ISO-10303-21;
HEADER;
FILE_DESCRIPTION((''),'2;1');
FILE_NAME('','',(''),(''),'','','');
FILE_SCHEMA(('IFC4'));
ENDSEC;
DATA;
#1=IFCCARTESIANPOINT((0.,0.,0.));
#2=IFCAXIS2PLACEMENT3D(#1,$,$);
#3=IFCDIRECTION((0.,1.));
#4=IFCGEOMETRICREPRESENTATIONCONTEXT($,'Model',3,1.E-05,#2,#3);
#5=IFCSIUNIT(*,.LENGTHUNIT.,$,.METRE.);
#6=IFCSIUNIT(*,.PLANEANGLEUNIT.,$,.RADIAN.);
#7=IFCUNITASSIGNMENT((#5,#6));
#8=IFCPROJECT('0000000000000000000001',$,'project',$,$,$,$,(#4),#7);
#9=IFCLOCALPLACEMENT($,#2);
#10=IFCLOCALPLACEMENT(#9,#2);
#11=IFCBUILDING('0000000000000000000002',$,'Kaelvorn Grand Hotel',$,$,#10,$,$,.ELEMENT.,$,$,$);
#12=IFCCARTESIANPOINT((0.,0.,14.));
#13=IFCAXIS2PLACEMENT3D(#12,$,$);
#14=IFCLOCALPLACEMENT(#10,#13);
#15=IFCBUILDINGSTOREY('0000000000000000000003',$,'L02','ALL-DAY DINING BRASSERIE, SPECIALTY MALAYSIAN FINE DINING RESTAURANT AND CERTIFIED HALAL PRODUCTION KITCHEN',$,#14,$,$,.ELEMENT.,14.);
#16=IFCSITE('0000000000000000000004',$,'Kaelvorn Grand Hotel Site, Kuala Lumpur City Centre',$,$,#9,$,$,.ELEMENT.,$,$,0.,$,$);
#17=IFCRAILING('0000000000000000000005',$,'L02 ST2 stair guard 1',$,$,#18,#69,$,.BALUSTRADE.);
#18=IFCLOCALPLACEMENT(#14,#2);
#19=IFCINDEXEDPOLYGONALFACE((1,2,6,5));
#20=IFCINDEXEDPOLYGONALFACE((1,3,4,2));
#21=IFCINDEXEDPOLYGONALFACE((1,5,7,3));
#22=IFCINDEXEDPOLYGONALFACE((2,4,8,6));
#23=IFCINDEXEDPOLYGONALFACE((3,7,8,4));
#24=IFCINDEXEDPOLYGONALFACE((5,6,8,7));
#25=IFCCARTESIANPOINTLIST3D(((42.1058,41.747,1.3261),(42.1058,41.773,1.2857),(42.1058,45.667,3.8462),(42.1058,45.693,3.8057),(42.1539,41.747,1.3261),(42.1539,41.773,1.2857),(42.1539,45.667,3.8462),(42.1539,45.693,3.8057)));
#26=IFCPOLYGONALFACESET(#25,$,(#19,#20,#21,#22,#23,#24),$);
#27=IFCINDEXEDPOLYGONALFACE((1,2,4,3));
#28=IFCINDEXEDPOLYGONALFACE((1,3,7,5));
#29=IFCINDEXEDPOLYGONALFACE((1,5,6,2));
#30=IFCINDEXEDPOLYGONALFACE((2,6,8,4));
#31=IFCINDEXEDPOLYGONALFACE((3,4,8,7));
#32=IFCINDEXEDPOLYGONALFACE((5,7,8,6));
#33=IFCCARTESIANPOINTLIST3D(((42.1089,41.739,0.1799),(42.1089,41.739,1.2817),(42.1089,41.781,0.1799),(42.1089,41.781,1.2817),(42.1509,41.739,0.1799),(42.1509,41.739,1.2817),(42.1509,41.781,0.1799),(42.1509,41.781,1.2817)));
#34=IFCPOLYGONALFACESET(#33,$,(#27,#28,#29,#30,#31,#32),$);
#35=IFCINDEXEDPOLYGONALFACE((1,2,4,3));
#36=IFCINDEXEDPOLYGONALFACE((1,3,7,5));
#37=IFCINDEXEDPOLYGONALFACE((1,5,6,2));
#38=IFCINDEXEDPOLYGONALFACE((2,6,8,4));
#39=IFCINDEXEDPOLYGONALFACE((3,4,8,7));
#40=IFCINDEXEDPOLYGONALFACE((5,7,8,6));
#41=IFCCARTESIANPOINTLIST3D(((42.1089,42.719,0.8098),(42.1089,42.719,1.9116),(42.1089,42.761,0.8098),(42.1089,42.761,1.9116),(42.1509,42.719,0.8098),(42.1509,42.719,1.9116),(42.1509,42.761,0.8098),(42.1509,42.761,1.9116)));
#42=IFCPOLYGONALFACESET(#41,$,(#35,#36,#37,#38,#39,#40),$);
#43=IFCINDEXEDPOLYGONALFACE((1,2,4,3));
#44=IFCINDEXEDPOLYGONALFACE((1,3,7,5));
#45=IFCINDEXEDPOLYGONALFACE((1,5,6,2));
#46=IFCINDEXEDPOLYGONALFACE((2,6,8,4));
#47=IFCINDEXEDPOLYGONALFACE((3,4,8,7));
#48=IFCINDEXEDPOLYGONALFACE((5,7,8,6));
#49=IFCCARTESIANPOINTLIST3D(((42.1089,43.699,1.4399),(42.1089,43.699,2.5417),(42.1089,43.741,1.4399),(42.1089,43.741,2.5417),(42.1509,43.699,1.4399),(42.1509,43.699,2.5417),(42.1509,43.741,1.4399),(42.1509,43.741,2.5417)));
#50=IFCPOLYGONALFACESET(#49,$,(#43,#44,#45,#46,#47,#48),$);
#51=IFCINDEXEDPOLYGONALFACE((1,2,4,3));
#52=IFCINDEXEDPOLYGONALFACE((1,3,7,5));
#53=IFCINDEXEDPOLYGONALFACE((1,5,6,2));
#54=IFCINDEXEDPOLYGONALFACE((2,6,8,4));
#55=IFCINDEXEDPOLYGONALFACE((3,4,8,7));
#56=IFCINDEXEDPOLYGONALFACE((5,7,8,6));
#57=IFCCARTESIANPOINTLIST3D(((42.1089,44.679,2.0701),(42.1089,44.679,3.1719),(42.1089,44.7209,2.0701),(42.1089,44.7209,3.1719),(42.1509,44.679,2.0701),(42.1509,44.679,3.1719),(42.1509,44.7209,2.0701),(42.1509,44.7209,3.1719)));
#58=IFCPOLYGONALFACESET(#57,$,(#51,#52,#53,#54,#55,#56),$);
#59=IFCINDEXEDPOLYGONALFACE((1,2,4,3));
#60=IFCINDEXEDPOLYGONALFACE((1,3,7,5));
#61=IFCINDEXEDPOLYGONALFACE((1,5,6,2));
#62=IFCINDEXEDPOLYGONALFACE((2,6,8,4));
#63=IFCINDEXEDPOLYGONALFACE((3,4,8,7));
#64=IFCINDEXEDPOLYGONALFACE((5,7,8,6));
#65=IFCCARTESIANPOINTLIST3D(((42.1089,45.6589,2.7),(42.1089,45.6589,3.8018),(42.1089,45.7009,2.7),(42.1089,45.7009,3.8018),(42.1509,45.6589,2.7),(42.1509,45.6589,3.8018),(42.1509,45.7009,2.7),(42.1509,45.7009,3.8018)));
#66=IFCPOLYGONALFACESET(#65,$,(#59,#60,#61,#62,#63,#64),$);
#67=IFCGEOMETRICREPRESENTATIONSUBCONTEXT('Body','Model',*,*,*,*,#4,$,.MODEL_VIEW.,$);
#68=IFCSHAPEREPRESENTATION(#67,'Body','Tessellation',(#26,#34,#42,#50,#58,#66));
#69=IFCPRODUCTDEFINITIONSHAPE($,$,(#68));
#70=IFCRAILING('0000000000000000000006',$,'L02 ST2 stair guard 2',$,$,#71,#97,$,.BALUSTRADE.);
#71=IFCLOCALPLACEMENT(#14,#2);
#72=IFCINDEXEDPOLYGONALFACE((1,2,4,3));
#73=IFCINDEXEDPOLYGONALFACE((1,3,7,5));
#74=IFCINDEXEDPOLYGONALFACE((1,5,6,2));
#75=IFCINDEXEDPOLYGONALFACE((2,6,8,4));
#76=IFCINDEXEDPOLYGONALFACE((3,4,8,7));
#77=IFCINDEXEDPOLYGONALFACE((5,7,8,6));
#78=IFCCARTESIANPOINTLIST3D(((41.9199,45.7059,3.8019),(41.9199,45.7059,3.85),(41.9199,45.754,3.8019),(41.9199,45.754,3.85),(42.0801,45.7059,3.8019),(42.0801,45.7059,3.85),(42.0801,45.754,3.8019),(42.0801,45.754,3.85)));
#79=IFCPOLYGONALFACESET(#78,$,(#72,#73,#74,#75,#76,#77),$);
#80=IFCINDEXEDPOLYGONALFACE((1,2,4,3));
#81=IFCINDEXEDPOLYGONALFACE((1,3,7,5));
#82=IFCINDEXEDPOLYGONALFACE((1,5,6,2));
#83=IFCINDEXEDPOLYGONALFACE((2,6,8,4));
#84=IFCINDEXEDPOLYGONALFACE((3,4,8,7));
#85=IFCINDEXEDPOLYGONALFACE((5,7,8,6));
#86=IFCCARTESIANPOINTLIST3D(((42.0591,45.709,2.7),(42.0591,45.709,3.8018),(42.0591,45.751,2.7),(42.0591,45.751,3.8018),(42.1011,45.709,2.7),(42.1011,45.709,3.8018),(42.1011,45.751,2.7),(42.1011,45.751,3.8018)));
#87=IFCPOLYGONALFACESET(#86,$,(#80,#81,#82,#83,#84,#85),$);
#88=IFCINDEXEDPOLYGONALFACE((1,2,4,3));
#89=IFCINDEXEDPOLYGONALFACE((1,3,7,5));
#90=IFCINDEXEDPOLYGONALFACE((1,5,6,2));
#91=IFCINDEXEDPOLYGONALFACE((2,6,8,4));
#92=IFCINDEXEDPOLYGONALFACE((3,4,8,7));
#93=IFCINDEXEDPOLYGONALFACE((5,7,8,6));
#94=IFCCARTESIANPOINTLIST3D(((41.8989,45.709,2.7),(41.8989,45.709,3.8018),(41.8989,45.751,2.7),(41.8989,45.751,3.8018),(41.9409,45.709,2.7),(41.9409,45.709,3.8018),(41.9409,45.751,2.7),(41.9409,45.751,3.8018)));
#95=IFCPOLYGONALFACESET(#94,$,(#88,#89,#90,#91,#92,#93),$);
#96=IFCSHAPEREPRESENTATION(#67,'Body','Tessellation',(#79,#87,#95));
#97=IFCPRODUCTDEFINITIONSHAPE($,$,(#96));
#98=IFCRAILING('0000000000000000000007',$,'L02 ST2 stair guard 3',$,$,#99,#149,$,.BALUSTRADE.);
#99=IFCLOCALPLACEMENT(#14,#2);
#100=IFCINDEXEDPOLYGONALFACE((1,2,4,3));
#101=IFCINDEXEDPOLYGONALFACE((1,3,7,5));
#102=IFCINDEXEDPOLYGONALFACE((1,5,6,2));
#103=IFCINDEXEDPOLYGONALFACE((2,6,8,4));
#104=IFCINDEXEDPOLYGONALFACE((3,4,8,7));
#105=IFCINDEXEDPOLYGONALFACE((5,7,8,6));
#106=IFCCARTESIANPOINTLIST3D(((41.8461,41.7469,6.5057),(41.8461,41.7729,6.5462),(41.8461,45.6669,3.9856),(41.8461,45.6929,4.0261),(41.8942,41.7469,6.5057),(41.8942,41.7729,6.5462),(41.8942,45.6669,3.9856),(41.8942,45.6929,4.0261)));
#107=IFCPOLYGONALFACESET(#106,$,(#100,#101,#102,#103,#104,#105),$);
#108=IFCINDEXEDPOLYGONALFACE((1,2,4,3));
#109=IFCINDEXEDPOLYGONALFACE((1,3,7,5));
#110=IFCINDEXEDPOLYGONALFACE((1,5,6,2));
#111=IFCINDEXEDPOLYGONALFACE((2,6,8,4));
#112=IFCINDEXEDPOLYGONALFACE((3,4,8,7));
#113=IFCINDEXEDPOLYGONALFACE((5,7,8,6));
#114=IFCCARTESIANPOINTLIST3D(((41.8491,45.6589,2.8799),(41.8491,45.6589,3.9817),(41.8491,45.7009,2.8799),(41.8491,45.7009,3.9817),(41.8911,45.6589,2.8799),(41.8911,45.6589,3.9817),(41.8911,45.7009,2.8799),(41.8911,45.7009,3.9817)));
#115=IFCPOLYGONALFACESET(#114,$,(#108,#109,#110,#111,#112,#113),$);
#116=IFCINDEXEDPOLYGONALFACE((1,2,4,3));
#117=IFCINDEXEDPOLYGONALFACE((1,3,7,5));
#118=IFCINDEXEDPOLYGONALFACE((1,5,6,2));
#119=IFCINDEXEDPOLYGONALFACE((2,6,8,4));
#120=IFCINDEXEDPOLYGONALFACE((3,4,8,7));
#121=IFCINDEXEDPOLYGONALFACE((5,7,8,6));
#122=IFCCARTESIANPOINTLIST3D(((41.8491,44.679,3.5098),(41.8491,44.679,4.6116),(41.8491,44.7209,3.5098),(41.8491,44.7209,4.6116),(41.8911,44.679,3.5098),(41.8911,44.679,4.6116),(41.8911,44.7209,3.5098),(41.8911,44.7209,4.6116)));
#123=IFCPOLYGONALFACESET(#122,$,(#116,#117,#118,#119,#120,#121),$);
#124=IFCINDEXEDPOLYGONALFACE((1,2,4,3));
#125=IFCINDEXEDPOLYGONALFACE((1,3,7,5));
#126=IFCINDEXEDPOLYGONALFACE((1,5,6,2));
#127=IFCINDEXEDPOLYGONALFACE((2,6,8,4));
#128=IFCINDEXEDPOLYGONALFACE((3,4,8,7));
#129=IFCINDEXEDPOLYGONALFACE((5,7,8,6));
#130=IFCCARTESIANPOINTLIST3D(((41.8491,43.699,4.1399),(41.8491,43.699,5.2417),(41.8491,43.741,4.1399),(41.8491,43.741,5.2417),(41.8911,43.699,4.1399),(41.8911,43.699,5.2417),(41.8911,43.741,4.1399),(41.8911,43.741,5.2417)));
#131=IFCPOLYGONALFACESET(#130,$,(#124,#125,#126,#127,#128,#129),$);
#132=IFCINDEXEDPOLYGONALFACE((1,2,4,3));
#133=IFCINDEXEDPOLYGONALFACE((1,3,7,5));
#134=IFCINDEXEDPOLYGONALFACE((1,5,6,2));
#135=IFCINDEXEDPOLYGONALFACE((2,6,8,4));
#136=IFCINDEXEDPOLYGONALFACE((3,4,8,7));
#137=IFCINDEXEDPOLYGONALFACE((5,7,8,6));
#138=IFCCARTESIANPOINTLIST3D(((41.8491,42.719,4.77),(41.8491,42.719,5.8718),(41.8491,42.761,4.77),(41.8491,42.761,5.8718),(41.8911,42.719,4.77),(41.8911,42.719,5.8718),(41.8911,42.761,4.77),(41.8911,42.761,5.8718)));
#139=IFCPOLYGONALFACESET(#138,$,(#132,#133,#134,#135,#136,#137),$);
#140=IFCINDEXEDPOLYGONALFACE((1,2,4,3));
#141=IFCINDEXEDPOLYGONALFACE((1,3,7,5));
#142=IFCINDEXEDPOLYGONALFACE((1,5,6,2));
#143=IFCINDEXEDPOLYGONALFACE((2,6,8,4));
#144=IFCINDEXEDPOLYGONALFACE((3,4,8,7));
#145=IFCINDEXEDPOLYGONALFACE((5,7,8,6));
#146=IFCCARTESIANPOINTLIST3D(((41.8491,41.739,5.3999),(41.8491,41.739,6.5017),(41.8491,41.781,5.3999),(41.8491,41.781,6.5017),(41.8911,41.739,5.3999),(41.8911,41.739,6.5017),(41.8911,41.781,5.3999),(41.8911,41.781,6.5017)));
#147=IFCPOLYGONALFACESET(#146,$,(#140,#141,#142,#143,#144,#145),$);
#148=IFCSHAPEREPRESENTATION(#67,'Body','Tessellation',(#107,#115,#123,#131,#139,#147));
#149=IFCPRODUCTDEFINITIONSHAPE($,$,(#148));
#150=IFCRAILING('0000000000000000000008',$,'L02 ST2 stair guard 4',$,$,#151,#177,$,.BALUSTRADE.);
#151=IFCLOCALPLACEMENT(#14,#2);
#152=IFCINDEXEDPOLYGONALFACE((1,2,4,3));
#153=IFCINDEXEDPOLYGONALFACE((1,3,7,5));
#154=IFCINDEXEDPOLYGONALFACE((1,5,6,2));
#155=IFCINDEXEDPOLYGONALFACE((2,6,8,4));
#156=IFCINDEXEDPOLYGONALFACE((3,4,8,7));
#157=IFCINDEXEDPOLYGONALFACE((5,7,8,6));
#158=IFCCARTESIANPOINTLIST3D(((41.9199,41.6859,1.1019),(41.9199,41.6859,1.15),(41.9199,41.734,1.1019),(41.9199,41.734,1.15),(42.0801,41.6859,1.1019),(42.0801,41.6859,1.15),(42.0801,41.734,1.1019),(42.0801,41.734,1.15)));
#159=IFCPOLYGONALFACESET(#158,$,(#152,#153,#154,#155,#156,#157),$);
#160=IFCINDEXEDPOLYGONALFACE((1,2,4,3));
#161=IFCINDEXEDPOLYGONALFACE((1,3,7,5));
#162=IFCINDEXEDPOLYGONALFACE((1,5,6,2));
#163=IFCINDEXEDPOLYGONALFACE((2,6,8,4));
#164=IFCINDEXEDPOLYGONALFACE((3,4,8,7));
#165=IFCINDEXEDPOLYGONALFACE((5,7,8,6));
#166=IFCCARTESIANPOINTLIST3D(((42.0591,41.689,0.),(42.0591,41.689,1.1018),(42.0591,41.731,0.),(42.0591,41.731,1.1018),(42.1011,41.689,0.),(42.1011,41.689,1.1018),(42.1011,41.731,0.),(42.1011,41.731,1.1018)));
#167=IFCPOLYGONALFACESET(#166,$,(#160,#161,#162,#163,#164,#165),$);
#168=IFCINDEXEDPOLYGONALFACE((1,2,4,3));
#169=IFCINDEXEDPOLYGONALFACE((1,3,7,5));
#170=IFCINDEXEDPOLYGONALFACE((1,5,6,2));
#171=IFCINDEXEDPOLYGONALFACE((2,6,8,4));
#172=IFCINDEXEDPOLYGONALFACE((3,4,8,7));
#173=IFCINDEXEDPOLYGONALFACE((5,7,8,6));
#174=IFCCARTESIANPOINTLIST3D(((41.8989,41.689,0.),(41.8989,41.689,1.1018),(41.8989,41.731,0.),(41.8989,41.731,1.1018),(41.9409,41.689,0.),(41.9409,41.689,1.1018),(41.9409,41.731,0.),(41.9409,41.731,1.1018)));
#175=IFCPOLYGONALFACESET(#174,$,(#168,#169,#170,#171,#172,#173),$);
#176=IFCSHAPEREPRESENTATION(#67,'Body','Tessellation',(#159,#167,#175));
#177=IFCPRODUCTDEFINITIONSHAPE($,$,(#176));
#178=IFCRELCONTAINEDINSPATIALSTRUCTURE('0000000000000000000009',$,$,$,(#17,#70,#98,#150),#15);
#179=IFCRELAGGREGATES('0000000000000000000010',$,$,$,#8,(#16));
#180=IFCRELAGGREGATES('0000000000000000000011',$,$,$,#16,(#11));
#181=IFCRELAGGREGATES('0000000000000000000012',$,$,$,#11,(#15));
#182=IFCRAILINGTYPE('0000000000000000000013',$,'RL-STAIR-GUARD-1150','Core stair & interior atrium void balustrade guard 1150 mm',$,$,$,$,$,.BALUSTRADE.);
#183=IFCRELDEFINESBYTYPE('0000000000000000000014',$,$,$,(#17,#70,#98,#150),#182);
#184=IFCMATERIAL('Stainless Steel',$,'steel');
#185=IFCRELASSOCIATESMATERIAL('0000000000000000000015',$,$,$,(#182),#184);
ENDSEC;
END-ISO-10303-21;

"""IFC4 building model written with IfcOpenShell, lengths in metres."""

from ifc_helpers import new_model, si_unit, direction, frame, origin, origin_2d, place, context, subcontext, project, spatial, rectangle, extrude, material, type_object, element, save


model = new_model("IFC4")

# Units and contexts
model_context = context("Model", 3, precision=1e-05, world=origin(), true_north=direction((0.0, 1.0)))
body_context = subcontext(model_context, "Body", "Model", "MODEL_VIEW")
ifc_project = project(units=[si_unit("LENGTHUNIT", "METRE"), si_unit("PLANEANGLEUNIT", "RADIAN")], contexts=[model_context])

# Site, building, storey
site_placement = place(None, origin())
site = spatial("IfcSite", under=ifc_project, at=site_placement, Name="Kaelvorn Grand Hotel Site, Kuala Lumpur City Centre", CompositionType="ELEMENT", RefElevation=0.0)
building_placement = place(site_placement, origin())
building = spatial("IfcBuilding", under=site, at=building_placement, Name="Kaelvorn Grand Hotel", CompositionType="ELEMENT")
storey_placement = place(building_placement, frame((0.0, 0.0, 14.0)))
storey = spatial("IfcBuildingStorey", under=building, at=storey_placement, Name="L02", Description="ALL-DAY DINING BRASSERIE, SPECIALTY MALAYSIAN FINE DINING RESTAURANT AND CERTIFIED HALAL PRODUCTION KITCHEN", CompositionType="ELEMENT", Elevation=14.0)

# Railings
ifc_material_1 = material(Name="Stainless Steel", Category="steel")
railing_type_1 = type_object("IfcRailingType", Name="RL-STAIR-GUARD-1150", Description="Core stair & interior atrium void balustrade guard 1150 mm", PredefinedType="BALUSTRADE", material=ifc_material_1)
railing_1_placement = place(storey_placement, frame((42.1299, 41.76, 0.1799)))
element("IfcRailing", 1, at=railing_1_placement, inside=storey, type_object=railing_type_1, Name="L02 ST2 stair guard 1", PredefinedType="BALUSTRADE", context=body_context, shape_type="SweptSolid", body=[
    extrude(rectangle(XDim=0.0481, YDim=0.0481, at=origin_2d()), frame((0.0, 0.0, 1.126), z_axis=(0.0, 0.841172, 0.540768), x_axis=(-1.0, 0.0, 0.0)), (0.0, 0.0, 1.0), 4.6602),
    extrude(rectangle(XDim=0.042, YDim=0.042, at=origin_2d()), origin(), (0.0, 0.0, 1.0), 1.1018),
    extrude(rectangle(XDim=0.042, YDim=0.042, at=origin_2d()), frame((0.0, 0.98, 0.6299)), (0.0, 0.0, 1.0), 1.1018),
    extrude(rectangle(XDim=0.042, YDim=0.042, at=origin_2d()), frame((0.0, 1.96, 1.26)), (0.0, 0.0, 1.0), 1.1018),
    extrude(rectangle(XDim=0.042, YDim=0.042, at=origin_2d()), frame((0.0, 2.9399, 1.8901)), (0.0, 0.0, 1.0), 1.1018),
    extrude(rectangle(XDim=0.042, YDim=0.042, at=origin_2d()), frame((0.0, 3.9199, 2.52)), (0.0, 0.0, 1.0), 1.1018),
])
railing_2_placement = place(storey_placement, frame((42.0801, 45.73, 2.7)))
element("IfcRailing", 2, at=railing_2_placement, inside=storey, type_object=railing_type_1, Name="L02 ST2 stair guard 2", PredefinedType="BALUSTRADE", context=body_context, shape_type="SweptSolid", body=[
    extrude(rectangle(XDim=0.0481, YDim=0.0481, at=origin_2d()), frame((0.0, 0.0, 1.126), z_axis=(-1.0, 0.0, 0.0), x_axis=(0.0, -1.0, 0.0)), (0.0, 0.0, 1.0), 0.1602),
    extrude(rectangle(XDim=0.042, YDim=0.042, at=origin_2d()), origin(), (0.0, 0.0, 1.0), 1.1018),
    extrude(rectangle(XDim=0.042, YDim=0.042, at=origin_2d()), frame((-0.1602, 0.0, 0.0)), (0.0, 0.0, 1.0), 1.1018),
])
railing_3_placement = place(storey_placement, frame((41.8701, 45.6799, 2.8799)))
element("IfcRailing", 3, at=railing_3_placement, inside=storey, type_object=railing_type_1, Name="L02 ST2 stair guard 3", PredefinedType="BALUSTRADE", context=body_context, shape_type="SweptSolid", body=[
    extrude(rectangle(XDim=0.0481, YDim=0.0481, at=origin_2d()), frame((0.0, 0.0, 1.126), z_axis=(0.0, -0.841172, 0.540768), x_axis=(1.0, 0.0, 0.0)), (0.0, 0.0, 1.0), 4.6602),
    extrude(rectangle(XDim=0.042, YDim=0.042, at=origin_2d()), origin(), (0.0, 0.0, 1.0), 1.1018),
    extrude(rectangle(XDim=0.042, YDim=0.042, at=origin_2d()), frame((0.0, -0.98, 0.6299)), (0.0, 0.0, 1.0), 1.1018),
    extrude(rectangle(XDim=0.042, YDim=0.042, at=origin_2d()), frame((0.0, -1.96, 1.26)), (0.0, 0.0, 1.0), 1.1018),
    extrude(rectangle(XDim=0.042, YDim=0.042, at=origin_2d()), frame((0.0, -2.9399, 1.8901)), (0.0, 0.0, 1.0), 1.1018),
    extrude(rectangle(XDim=0.042, YDim=0.042, at=origin_2d()), frame((0.0, -3.9199, 2.52)), (0.0, 0.0, 1.0), 1.1018),
])
railing_4_placement = place(storey_placement, frame((42.0801, 41.71, 0.0)))
element("IfcRailing", 4, at=railing_4_placement, inside=storey, type_object=railing_type_1, Name="L02 ST2 stair guard 4", PredefinedType="BALUSTRADE", context=body_context, shape_type="SweptSolid", body=[
    extrude(rectangle(XDim=0.0481, YDim=0.0481, at=origin_2d()), frame((0.0, 0.0, 1.126), z_axis=(-1.0, 0.0, 0.0), x_axis=(0.0, -1.0, 0.0)), (0.0, 0.0, 1.0), 0.1602),
    extrude(rectangle(XDim=0.042, YDim=0.042, at=origin_2d()), origin(), (0.0, 0.0, 1.0), 1.1018),
    extrude(rectangle(XDim=0.042, YDim=0.042, at=origin_2d()), frame((-0.1602, 0.0, 0.0)), (0.0, 0.0, 1.0), 1.1018),
])

save(model, "model.ifc")
